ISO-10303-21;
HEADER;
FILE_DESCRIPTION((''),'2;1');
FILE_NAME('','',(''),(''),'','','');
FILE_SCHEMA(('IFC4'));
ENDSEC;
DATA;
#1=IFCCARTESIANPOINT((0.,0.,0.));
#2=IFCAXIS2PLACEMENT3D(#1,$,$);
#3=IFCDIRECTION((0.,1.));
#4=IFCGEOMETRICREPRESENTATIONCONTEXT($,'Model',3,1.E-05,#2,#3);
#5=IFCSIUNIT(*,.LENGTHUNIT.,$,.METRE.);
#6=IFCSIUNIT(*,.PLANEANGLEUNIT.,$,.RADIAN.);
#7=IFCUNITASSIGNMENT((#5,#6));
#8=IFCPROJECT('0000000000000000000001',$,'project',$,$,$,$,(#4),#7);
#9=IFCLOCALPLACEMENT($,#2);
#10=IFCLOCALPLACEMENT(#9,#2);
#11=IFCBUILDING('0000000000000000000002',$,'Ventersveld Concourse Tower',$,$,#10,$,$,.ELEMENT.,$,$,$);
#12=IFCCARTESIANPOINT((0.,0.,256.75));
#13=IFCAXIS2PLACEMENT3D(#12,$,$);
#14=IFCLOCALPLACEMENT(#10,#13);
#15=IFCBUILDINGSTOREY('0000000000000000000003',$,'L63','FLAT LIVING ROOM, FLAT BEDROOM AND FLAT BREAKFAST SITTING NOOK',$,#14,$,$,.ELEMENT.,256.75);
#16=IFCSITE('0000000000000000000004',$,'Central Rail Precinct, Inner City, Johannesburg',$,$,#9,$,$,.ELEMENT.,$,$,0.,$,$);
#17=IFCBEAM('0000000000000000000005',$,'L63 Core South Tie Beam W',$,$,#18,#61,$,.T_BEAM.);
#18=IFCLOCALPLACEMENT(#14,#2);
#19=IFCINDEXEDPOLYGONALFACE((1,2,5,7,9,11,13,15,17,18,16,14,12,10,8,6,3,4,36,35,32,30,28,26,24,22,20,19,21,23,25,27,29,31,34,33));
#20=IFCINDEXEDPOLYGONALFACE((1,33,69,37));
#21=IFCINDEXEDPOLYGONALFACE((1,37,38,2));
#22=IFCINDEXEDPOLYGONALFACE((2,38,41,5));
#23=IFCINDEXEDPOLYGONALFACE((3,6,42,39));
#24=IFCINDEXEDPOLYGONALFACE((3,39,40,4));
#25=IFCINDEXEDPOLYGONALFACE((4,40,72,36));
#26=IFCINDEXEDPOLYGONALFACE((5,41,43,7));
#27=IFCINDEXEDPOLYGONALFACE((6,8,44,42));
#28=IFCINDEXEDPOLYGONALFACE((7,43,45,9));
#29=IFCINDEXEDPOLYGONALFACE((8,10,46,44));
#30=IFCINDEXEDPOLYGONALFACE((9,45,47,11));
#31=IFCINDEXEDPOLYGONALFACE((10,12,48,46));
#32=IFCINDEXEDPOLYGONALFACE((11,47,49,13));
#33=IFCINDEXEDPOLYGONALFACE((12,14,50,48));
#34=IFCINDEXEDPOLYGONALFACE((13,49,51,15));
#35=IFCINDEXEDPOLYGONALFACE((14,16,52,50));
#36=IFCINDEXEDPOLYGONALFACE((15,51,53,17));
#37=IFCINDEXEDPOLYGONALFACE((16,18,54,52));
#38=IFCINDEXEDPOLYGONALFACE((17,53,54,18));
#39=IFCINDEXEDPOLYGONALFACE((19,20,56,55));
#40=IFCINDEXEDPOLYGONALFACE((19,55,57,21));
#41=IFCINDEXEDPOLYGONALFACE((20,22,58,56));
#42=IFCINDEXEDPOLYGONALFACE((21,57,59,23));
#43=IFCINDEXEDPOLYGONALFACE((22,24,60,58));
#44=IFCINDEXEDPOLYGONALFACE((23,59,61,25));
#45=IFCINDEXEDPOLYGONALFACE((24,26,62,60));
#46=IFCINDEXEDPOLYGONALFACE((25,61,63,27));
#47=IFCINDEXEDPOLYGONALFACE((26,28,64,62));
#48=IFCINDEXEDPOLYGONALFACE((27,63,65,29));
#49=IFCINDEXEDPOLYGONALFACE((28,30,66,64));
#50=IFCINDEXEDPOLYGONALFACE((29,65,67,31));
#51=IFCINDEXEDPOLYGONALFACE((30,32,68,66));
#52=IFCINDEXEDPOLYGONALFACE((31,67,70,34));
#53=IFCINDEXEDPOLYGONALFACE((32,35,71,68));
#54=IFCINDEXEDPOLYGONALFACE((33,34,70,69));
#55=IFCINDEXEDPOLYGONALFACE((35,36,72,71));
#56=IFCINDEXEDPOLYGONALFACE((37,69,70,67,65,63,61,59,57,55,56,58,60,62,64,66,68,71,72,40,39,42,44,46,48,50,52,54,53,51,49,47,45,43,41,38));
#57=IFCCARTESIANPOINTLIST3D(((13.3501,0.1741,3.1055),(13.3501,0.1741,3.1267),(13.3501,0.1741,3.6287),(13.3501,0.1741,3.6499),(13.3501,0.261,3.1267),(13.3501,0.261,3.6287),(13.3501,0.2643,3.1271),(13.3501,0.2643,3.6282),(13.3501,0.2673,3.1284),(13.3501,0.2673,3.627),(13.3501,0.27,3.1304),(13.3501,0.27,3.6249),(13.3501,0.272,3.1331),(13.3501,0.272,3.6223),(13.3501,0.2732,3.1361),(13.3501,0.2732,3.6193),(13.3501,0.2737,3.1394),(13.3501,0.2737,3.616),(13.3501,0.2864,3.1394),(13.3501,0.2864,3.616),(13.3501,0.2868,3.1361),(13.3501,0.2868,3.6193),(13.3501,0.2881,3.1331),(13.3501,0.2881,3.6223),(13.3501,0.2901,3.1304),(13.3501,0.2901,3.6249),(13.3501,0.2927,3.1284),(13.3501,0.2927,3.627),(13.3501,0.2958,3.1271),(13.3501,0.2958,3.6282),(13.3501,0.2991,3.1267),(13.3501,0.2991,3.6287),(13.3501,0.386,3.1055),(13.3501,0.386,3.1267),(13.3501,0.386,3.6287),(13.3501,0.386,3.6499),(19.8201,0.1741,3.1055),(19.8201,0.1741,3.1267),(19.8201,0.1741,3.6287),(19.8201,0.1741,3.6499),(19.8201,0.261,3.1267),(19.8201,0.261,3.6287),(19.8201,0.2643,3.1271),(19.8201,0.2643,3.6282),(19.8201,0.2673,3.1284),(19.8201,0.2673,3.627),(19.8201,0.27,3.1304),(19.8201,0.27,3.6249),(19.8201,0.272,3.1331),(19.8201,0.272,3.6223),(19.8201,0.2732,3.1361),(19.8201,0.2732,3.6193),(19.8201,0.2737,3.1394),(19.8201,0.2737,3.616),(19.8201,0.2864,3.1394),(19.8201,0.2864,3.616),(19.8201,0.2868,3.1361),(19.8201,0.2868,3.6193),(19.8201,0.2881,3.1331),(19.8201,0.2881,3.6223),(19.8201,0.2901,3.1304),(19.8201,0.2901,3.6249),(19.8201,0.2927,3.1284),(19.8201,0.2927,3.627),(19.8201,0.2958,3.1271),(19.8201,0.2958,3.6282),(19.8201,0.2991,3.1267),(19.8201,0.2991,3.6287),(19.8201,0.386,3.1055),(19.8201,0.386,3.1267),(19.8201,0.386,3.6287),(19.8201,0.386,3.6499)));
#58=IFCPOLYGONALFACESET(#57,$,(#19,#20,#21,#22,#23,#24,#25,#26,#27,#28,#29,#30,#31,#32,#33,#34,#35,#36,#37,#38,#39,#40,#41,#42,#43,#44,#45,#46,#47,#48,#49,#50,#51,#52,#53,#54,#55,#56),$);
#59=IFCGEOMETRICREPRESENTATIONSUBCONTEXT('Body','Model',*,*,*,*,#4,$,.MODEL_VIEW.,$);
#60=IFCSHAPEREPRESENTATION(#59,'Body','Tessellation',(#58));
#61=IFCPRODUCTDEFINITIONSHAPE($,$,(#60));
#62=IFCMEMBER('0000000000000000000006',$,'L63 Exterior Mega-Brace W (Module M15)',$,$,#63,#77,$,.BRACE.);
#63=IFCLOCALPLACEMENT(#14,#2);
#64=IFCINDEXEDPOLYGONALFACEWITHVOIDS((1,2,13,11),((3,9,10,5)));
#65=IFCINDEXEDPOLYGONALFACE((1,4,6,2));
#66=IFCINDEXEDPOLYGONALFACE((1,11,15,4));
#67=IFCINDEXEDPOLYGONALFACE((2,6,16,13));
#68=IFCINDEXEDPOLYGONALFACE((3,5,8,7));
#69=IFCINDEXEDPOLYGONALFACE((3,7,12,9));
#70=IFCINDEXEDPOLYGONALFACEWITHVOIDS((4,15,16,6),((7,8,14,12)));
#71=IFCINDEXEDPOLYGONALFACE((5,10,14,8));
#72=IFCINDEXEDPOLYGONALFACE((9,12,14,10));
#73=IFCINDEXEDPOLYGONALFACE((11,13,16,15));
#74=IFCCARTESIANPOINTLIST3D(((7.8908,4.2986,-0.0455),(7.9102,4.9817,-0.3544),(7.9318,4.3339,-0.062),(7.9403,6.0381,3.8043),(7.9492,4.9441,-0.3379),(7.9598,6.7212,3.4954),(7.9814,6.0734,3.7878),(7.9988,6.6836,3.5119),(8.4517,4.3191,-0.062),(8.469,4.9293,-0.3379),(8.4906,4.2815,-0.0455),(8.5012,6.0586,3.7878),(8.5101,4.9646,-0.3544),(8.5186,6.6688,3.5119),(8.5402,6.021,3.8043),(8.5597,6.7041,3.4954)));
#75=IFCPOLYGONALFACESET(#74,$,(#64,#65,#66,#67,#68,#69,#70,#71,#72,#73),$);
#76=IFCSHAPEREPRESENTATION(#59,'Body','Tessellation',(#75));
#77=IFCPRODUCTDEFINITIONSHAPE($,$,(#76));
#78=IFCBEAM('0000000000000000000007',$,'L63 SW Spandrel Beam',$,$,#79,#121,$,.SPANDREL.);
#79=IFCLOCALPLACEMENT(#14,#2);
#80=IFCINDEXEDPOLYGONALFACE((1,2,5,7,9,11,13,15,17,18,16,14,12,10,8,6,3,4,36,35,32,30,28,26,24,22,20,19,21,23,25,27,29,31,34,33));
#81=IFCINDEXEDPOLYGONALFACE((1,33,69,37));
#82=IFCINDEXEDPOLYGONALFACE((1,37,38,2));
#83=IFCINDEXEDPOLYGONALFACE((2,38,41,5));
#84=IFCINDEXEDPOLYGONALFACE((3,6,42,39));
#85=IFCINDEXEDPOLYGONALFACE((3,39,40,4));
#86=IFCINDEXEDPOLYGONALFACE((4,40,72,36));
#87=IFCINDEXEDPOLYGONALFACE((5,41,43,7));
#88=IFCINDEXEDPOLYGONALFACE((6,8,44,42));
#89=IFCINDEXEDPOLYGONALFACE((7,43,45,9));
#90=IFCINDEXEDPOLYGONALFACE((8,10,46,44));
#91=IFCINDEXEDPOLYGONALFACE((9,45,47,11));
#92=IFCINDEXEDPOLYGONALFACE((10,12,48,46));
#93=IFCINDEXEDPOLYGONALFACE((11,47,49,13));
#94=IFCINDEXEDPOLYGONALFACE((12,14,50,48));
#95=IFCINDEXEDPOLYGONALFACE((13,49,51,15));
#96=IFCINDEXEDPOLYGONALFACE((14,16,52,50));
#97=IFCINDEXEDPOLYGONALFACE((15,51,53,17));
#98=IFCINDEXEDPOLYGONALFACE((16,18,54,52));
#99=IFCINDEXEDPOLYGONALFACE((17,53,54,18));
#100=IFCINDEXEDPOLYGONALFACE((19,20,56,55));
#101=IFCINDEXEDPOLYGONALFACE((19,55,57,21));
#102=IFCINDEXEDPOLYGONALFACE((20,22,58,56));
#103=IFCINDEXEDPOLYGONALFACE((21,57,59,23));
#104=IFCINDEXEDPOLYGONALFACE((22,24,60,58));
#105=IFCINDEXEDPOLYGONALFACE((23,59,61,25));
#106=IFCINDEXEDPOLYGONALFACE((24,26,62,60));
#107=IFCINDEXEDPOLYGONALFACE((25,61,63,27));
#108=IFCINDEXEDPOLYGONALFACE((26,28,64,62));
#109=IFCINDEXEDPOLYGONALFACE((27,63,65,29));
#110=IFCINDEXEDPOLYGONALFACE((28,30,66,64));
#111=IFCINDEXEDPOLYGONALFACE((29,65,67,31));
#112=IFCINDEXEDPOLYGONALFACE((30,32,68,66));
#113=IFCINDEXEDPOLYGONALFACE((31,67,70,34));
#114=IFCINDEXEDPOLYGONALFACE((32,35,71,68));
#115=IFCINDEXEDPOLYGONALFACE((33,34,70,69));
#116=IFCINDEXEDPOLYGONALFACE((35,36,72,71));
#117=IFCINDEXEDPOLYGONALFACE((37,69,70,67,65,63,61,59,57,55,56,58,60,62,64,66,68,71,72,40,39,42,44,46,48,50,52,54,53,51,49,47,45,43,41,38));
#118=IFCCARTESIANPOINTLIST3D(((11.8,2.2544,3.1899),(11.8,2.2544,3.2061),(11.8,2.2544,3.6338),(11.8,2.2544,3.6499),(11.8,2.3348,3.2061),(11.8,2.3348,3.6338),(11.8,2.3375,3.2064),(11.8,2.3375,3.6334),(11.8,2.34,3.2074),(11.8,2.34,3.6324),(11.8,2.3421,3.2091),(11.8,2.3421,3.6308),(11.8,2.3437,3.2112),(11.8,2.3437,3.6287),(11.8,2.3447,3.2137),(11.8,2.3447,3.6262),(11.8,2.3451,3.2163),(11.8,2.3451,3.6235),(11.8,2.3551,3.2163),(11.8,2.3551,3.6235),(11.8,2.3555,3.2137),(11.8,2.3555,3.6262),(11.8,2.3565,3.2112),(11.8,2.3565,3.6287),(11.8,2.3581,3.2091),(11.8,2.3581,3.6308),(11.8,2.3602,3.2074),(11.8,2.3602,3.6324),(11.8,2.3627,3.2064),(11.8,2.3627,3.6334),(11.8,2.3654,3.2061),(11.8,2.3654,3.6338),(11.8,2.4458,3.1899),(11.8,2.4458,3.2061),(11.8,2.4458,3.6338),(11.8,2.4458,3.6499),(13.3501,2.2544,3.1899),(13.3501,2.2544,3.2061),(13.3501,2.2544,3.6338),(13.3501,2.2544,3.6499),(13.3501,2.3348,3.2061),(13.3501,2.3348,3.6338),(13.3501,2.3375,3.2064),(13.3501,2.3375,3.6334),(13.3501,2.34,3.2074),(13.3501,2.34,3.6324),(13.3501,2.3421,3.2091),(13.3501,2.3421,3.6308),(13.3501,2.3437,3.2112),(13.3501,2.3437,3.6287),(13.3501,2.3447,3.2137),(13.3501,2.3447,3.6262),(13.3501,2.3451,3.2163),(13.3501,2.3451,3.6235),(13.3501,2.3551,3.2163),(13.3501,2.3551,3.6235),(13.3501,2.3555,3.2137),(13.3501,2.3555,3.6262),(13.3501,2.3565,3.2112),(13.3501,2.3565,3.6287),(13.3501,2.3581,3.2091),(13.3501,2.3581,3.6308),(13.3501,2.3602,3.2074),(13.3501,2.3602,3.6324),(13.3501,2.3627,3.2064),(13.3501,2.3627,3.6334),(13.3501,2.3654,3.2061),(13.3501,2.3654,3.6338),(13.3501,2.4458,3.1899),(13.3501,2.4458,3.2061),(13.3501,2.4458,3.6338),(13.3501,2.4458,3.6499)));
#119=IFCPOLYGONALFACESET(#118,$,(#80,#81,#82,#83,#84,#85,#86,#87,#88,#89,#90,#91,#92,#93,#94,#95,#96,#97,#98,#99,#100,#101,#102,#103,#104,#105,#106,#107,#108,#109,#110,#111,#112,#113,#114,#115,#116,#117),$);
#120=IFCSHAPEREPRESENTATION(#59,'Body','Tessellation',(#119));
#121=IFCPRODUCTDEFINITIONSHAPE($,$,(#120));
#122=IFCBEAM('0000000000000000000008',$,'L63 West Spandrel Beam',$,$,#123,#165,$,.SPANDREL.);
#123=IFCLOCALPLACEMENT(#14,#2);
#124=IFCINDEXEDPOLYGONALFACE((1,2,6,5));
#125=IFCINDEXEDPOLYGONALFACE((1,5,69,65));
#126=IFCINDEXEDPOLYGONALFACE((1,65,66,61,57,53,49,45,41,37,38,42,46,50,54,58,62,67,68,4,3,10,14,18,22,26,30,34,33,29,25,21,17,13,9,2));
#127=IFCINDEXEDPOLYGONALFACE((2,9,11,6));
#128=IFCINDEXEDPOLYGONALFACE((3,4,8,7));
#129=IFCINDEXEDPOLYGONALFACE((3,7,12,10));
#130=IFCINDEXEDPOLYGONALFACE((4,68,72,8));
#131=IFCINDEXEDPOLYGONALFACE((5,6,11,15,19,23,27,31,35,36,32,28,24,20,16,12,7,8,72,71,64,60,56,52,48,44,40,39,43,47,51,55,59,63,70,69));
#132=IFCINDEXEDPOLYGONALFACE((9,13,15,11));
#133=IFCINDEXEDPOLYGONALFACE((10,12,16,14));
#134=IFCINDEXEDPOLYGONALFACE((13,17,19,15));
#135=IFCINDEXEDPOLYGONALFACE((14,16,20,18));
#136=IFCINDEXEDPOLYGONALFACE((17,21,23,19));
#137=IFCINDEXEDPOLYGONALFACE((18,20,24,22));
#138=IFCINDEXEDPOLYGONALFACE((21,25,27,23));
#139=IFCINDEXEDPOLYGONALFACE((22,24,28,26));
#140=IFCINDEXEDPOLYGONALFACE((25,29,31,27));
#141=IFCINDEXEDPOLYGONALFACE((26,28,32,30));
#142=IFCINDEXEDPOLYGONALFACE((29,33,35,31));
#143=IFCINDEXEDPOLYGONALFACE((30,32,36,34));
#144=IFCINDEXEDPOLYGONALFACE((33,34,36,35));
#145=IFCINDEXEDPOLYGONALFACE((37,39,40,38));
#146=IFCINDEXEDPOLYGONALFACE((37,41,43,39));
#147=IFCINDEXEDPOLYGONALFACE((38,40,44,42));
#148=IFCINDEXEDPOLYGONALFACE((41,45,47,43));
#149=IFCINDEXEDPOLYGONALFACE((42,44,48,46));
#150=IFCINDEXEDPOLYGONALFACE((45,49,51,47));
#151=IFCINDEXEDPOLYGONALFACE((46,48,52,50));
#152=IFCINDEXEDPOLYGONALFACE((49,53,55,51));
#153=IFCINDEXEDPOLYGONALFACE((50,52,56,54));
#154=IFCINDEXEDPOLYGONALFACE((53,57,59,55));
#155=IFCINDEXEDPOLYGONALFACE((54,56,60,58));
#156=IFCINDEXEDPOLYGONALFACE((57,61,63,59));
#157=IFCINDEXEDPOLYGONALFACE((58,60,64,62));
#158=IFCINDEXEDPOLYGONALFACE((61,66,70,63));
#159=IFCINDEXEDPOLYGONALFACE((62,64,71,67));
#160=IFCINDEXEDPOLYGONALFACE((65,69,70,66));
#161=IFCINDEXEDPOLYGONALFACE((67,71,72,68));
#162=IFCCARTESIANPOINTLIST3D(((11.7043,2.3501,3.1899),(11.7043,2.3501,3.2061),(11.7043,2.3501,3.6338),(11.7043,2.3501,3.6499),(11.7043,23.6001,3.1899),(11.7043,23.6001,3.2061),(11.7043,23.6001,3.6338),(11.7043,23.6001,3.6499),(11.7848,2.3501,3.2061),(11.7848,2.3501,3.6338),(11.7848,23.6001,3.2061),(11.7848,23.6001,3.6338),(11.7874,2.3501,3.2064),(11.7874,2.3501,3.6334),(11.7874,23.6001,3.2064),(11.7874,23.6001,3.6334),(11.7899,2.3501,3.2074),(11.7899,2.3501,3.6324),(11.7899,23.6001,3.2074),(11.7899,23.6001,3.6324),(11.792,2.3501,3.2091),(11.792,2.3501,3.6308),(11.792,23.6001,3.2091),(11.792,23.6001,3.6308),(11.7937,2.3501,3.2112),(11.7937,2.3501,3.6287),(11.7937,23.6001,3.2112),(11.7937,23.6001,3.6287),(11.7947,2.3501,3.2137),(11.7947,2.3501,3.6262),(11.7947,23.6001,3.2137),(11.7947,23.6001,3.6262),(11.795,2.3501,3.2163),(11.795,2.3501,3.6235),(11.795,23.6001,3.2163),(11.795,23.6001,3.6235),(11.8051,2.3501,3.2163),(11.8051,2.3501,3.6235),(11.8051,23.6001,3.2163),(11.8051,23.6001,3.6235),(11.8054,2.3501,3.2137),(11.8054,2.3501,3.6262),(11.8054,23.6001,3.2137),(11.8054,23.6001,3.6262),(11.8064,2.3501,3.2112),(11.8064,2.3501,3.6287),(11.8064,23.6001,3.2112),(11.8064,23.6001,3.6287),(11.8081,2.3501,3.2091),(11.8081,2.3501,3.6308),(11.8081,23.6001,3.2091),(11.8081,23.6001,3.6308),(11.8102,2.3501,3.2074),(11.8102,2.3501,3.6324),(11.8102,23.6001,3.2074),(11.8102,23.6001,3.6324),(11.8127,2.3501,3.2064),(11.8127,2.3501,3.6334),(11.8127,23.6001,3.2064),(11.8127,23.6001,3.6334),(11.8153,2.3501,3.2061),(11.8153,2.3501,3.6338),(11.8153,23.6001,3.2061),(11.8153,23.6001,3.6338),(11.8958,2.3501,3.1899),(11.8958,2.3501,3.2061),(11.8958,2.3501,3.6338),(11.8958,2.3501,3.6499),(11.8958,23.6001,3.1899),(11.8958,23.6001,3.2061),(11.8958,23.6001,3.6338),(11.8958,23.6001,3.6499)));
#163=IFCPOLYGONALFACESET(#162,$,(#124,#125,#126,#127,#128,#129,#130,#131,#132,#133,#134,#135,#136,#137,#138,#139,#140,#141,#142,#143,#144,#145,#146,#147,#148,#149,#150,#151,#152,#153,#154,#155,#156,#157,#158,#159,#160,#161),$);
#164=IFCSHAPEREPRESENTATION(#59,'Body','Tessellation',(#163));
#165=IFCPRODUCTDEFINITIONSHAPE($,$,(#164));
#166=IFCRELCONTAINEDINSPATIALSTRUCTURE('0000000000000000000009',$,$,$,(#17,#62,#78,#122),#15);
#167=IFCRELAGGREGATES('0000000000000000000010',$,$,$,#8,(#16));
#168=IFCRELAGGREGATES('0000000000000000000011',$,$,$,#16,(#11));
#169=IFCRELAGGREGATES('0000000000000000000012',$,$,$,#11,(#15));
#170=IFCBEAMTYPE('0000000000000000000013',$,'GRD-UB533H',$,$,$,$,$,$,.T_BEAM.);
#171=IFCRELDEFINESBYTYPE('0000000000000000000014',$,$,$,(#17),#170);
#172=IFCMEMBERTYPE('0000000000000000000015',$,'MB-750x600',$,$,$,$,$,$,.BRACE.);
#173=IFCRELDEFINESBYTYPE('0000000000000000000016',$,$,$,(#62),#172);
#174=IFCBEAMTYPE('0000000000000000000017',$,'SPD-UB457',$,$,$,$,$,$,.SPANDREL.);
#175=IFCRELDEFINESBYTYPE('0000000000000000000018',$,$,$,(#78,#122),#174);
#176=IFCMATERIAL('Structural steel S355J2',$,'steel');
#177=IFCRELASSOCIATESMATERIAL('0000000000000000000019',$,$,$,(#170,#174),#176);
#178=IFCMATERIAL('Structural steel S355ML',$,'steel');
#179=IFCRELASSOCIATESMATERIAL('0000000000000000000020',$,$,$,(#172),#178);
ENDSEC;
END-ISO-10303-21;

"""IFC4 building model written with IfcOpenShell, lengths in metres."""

from ifc_helpers import new_model, si_unit, direction, frame, origin, origin_2d, place, context, subcontext, project, spatial, hollow_rectangle, i_section, extrude, material, material_profile, profile_set, type_object, element, save


model = new_model("IFC4")

# Units and contexts
model_context = context("Model", 3, precision=1e-05, world=origin(), true_north=direction((0.0, 1.0)))
body_context = subcontext(model_context, "Body", "Model", "MODEL_VIEW")
ifc_project = project(units=[si_unit("LENGTHUNIT", "METRE"), si_unit("PLANEANGLEUNIT", "RADIAN")], contexts=[model_context])

# Site, building, storey
site_placement = place(None, origin())
site = spatial("IfcSite", under=ifc_project, at=site_placement, Name="Central Rail Precinct, Inner City, Johannesburg", CompositionType="ELEMENT", RefElevation=0.0)
building_placement = place(site_placement, origin())
building = spatial("IfcBuilding", under=site, at=building_placement, Name="Ventersveld Concourse Tower", CompositionType="ELEMENT")
storey_placement = place(building_placement, frame((0.0, 0.0, 256.75)))
storey = spatial("IfcBuildingStorey", under=building, at=storey_placement, Name="L63", Description="FLAT LIVING ROOM, FLAT BEDROOM AND FLAT BREAKFAST SITTING NOOK", CompositionType="ELEMENT", Elevation=256.75)

# Beam
ifc_material_1 = material(Name="Structural steel S355J2", Category="steel")
ifc_material_profile_1 = material_profile(ifc_material_1, i_section(OverallWidth=0.2119, OverallDepth=0.5444, WebThickness=0.0127, FlangeThickness=0.0212, FilletRadius=0.0127, at=origin_2d()), Name="UB 533x210x122")
ifc_profile_set_1 = profile_set([ifc_material_profile_1], Name="Structural steel S355J2")
beam_type_1 = type_object("IfcBeamType", Name="GRD-UB533H", PredefinedType="T_BEAM", material=ifc_profile_set_1)
beam_1_placement = place(storey_placement, frame((13.3501, 0.28, 3.3777), z_axis=(1.0, 0.0, 0.0), x_axis=(0.0, 1.0, 0.0)))
element("IfcBeam", 1, at=beam_1_placement, inside=storey, type_object=beam_type_1, Name="L63 Core South Tie Beam W", PredefinedType="T_BEAM", context=body_context, shape_type="SweptSolid", body=[
    extrude(i_section(OverallWidth=0.2119, OverallDepth=0.5444, WebThickness=0.0127, FlangeThickness=0.0212, FilletRadius=0.0127, at=origin_2d()), origin(), (0.0, 0.0, 1.0), 6.47),
])

# Member
ifc_material_2 = material(Name="Structural steel S355ML", Category="steel")
ifc_material_profile_2 = material_profile(ifc_material_2, hollow_rectangle(XDim=0.6001, YDim=0.75, WallThickness=0.04, at=origin_2d()), Name="BOX 750x600x40")
ifc_profile_set_2 = profile_set([ifc_material_profile_2], Name="Structural steel S355ML")
member_type = type_object("IfcMemberType", Name="MB-750x600", PredefinedType="BRACE", material=ifc_profile_set_2)
member_placement = place(storey_placement, frame((8.2004, 4.6316, -0.2), z_axis=(0.011731, 0.411727, 0.911232), x_axis=(-0.999594, 0.02848, 0.0)))
element("IfcMember", 2, at=member_placement, inside=storey, type_object=member_type, Name="L63 Exterior Mega-Brace W (Module M15)", PredefinedType="BRACE", context=body_context, shape_type="SweptSolid", body=[
    extrude(hollow_rectangle(XDim=0.6001, YDim=0.75, WallThickness=0.04, at=origin_2d()), origin(), (0.0, 0.0, 1.0), 4.2249),
])

# Beams
ifc_material_profile_3 = material_profile(ifc_material_1, i_section(OverallWidth=0.1914, OverallDepth=0.46, WebThickness=0.01, FlangeThickness=0.0161, FilletRadius=0.0103, at=origin_2d()), Name="UB 457x191x82")
ifc_profile_set_3 = profile_set([ifc_material_profile_3], Name="Structural steel S355J2")
beam_type_2 = type_object("IfcBeamType", Name="SPD-UB457", PredefinedType="SPANDREL", material=ifc_profile_set_3)
beam_2_placement = place(storey_placement, frame((11.8, 2.3501, 3.4199), z_axis=(1.0, 0.0, 0.0), x_axis=(0.0, 1.0, 0.0)))
element("IfcBeam", 3, at=beam_2_placement, inside=storey, type_object=beam_type_2, Name="L63 SW Spandrel Beam", PredefinedType="SPANDREL", context=body_context, shape_type="SweptSolid", body=[
    extrude(i_section(OverallWidth=0.1914, OverallDepth=0.46, WebThickness=0.01, FlangeThickness=0.0161, FilletRadius=0.0103, at=origin_2d()), origin(), (0.0, 0.0, 1.0), 1.55),
])
beam_3_placement = place(storey_placement, frame((11.8, 2.3501, 3.4199), z_axis=(0.0, 1.0, 0.0), x_axis=(-1.0, 0.0, 0.0)))
element("IfcBeam", 4, at=beam_3_placement, inside=storey, type_object=beam_type_2, Name="L63 West Spandrel Beam", PredefinedType="SPANDREL", context=body_context, shape_type="SweptSolid", body=[
    extrude(i_section(OverallWidth=0.1914, OverallDepth=0.46, WebThickness=0.01, FlangeThickness=0.0161, FilletRadius=0.0103, at=origin_2d()), origin(), (0.0, 0.0, 1.0), 21.25),
])

save(model, "model.ifc")
